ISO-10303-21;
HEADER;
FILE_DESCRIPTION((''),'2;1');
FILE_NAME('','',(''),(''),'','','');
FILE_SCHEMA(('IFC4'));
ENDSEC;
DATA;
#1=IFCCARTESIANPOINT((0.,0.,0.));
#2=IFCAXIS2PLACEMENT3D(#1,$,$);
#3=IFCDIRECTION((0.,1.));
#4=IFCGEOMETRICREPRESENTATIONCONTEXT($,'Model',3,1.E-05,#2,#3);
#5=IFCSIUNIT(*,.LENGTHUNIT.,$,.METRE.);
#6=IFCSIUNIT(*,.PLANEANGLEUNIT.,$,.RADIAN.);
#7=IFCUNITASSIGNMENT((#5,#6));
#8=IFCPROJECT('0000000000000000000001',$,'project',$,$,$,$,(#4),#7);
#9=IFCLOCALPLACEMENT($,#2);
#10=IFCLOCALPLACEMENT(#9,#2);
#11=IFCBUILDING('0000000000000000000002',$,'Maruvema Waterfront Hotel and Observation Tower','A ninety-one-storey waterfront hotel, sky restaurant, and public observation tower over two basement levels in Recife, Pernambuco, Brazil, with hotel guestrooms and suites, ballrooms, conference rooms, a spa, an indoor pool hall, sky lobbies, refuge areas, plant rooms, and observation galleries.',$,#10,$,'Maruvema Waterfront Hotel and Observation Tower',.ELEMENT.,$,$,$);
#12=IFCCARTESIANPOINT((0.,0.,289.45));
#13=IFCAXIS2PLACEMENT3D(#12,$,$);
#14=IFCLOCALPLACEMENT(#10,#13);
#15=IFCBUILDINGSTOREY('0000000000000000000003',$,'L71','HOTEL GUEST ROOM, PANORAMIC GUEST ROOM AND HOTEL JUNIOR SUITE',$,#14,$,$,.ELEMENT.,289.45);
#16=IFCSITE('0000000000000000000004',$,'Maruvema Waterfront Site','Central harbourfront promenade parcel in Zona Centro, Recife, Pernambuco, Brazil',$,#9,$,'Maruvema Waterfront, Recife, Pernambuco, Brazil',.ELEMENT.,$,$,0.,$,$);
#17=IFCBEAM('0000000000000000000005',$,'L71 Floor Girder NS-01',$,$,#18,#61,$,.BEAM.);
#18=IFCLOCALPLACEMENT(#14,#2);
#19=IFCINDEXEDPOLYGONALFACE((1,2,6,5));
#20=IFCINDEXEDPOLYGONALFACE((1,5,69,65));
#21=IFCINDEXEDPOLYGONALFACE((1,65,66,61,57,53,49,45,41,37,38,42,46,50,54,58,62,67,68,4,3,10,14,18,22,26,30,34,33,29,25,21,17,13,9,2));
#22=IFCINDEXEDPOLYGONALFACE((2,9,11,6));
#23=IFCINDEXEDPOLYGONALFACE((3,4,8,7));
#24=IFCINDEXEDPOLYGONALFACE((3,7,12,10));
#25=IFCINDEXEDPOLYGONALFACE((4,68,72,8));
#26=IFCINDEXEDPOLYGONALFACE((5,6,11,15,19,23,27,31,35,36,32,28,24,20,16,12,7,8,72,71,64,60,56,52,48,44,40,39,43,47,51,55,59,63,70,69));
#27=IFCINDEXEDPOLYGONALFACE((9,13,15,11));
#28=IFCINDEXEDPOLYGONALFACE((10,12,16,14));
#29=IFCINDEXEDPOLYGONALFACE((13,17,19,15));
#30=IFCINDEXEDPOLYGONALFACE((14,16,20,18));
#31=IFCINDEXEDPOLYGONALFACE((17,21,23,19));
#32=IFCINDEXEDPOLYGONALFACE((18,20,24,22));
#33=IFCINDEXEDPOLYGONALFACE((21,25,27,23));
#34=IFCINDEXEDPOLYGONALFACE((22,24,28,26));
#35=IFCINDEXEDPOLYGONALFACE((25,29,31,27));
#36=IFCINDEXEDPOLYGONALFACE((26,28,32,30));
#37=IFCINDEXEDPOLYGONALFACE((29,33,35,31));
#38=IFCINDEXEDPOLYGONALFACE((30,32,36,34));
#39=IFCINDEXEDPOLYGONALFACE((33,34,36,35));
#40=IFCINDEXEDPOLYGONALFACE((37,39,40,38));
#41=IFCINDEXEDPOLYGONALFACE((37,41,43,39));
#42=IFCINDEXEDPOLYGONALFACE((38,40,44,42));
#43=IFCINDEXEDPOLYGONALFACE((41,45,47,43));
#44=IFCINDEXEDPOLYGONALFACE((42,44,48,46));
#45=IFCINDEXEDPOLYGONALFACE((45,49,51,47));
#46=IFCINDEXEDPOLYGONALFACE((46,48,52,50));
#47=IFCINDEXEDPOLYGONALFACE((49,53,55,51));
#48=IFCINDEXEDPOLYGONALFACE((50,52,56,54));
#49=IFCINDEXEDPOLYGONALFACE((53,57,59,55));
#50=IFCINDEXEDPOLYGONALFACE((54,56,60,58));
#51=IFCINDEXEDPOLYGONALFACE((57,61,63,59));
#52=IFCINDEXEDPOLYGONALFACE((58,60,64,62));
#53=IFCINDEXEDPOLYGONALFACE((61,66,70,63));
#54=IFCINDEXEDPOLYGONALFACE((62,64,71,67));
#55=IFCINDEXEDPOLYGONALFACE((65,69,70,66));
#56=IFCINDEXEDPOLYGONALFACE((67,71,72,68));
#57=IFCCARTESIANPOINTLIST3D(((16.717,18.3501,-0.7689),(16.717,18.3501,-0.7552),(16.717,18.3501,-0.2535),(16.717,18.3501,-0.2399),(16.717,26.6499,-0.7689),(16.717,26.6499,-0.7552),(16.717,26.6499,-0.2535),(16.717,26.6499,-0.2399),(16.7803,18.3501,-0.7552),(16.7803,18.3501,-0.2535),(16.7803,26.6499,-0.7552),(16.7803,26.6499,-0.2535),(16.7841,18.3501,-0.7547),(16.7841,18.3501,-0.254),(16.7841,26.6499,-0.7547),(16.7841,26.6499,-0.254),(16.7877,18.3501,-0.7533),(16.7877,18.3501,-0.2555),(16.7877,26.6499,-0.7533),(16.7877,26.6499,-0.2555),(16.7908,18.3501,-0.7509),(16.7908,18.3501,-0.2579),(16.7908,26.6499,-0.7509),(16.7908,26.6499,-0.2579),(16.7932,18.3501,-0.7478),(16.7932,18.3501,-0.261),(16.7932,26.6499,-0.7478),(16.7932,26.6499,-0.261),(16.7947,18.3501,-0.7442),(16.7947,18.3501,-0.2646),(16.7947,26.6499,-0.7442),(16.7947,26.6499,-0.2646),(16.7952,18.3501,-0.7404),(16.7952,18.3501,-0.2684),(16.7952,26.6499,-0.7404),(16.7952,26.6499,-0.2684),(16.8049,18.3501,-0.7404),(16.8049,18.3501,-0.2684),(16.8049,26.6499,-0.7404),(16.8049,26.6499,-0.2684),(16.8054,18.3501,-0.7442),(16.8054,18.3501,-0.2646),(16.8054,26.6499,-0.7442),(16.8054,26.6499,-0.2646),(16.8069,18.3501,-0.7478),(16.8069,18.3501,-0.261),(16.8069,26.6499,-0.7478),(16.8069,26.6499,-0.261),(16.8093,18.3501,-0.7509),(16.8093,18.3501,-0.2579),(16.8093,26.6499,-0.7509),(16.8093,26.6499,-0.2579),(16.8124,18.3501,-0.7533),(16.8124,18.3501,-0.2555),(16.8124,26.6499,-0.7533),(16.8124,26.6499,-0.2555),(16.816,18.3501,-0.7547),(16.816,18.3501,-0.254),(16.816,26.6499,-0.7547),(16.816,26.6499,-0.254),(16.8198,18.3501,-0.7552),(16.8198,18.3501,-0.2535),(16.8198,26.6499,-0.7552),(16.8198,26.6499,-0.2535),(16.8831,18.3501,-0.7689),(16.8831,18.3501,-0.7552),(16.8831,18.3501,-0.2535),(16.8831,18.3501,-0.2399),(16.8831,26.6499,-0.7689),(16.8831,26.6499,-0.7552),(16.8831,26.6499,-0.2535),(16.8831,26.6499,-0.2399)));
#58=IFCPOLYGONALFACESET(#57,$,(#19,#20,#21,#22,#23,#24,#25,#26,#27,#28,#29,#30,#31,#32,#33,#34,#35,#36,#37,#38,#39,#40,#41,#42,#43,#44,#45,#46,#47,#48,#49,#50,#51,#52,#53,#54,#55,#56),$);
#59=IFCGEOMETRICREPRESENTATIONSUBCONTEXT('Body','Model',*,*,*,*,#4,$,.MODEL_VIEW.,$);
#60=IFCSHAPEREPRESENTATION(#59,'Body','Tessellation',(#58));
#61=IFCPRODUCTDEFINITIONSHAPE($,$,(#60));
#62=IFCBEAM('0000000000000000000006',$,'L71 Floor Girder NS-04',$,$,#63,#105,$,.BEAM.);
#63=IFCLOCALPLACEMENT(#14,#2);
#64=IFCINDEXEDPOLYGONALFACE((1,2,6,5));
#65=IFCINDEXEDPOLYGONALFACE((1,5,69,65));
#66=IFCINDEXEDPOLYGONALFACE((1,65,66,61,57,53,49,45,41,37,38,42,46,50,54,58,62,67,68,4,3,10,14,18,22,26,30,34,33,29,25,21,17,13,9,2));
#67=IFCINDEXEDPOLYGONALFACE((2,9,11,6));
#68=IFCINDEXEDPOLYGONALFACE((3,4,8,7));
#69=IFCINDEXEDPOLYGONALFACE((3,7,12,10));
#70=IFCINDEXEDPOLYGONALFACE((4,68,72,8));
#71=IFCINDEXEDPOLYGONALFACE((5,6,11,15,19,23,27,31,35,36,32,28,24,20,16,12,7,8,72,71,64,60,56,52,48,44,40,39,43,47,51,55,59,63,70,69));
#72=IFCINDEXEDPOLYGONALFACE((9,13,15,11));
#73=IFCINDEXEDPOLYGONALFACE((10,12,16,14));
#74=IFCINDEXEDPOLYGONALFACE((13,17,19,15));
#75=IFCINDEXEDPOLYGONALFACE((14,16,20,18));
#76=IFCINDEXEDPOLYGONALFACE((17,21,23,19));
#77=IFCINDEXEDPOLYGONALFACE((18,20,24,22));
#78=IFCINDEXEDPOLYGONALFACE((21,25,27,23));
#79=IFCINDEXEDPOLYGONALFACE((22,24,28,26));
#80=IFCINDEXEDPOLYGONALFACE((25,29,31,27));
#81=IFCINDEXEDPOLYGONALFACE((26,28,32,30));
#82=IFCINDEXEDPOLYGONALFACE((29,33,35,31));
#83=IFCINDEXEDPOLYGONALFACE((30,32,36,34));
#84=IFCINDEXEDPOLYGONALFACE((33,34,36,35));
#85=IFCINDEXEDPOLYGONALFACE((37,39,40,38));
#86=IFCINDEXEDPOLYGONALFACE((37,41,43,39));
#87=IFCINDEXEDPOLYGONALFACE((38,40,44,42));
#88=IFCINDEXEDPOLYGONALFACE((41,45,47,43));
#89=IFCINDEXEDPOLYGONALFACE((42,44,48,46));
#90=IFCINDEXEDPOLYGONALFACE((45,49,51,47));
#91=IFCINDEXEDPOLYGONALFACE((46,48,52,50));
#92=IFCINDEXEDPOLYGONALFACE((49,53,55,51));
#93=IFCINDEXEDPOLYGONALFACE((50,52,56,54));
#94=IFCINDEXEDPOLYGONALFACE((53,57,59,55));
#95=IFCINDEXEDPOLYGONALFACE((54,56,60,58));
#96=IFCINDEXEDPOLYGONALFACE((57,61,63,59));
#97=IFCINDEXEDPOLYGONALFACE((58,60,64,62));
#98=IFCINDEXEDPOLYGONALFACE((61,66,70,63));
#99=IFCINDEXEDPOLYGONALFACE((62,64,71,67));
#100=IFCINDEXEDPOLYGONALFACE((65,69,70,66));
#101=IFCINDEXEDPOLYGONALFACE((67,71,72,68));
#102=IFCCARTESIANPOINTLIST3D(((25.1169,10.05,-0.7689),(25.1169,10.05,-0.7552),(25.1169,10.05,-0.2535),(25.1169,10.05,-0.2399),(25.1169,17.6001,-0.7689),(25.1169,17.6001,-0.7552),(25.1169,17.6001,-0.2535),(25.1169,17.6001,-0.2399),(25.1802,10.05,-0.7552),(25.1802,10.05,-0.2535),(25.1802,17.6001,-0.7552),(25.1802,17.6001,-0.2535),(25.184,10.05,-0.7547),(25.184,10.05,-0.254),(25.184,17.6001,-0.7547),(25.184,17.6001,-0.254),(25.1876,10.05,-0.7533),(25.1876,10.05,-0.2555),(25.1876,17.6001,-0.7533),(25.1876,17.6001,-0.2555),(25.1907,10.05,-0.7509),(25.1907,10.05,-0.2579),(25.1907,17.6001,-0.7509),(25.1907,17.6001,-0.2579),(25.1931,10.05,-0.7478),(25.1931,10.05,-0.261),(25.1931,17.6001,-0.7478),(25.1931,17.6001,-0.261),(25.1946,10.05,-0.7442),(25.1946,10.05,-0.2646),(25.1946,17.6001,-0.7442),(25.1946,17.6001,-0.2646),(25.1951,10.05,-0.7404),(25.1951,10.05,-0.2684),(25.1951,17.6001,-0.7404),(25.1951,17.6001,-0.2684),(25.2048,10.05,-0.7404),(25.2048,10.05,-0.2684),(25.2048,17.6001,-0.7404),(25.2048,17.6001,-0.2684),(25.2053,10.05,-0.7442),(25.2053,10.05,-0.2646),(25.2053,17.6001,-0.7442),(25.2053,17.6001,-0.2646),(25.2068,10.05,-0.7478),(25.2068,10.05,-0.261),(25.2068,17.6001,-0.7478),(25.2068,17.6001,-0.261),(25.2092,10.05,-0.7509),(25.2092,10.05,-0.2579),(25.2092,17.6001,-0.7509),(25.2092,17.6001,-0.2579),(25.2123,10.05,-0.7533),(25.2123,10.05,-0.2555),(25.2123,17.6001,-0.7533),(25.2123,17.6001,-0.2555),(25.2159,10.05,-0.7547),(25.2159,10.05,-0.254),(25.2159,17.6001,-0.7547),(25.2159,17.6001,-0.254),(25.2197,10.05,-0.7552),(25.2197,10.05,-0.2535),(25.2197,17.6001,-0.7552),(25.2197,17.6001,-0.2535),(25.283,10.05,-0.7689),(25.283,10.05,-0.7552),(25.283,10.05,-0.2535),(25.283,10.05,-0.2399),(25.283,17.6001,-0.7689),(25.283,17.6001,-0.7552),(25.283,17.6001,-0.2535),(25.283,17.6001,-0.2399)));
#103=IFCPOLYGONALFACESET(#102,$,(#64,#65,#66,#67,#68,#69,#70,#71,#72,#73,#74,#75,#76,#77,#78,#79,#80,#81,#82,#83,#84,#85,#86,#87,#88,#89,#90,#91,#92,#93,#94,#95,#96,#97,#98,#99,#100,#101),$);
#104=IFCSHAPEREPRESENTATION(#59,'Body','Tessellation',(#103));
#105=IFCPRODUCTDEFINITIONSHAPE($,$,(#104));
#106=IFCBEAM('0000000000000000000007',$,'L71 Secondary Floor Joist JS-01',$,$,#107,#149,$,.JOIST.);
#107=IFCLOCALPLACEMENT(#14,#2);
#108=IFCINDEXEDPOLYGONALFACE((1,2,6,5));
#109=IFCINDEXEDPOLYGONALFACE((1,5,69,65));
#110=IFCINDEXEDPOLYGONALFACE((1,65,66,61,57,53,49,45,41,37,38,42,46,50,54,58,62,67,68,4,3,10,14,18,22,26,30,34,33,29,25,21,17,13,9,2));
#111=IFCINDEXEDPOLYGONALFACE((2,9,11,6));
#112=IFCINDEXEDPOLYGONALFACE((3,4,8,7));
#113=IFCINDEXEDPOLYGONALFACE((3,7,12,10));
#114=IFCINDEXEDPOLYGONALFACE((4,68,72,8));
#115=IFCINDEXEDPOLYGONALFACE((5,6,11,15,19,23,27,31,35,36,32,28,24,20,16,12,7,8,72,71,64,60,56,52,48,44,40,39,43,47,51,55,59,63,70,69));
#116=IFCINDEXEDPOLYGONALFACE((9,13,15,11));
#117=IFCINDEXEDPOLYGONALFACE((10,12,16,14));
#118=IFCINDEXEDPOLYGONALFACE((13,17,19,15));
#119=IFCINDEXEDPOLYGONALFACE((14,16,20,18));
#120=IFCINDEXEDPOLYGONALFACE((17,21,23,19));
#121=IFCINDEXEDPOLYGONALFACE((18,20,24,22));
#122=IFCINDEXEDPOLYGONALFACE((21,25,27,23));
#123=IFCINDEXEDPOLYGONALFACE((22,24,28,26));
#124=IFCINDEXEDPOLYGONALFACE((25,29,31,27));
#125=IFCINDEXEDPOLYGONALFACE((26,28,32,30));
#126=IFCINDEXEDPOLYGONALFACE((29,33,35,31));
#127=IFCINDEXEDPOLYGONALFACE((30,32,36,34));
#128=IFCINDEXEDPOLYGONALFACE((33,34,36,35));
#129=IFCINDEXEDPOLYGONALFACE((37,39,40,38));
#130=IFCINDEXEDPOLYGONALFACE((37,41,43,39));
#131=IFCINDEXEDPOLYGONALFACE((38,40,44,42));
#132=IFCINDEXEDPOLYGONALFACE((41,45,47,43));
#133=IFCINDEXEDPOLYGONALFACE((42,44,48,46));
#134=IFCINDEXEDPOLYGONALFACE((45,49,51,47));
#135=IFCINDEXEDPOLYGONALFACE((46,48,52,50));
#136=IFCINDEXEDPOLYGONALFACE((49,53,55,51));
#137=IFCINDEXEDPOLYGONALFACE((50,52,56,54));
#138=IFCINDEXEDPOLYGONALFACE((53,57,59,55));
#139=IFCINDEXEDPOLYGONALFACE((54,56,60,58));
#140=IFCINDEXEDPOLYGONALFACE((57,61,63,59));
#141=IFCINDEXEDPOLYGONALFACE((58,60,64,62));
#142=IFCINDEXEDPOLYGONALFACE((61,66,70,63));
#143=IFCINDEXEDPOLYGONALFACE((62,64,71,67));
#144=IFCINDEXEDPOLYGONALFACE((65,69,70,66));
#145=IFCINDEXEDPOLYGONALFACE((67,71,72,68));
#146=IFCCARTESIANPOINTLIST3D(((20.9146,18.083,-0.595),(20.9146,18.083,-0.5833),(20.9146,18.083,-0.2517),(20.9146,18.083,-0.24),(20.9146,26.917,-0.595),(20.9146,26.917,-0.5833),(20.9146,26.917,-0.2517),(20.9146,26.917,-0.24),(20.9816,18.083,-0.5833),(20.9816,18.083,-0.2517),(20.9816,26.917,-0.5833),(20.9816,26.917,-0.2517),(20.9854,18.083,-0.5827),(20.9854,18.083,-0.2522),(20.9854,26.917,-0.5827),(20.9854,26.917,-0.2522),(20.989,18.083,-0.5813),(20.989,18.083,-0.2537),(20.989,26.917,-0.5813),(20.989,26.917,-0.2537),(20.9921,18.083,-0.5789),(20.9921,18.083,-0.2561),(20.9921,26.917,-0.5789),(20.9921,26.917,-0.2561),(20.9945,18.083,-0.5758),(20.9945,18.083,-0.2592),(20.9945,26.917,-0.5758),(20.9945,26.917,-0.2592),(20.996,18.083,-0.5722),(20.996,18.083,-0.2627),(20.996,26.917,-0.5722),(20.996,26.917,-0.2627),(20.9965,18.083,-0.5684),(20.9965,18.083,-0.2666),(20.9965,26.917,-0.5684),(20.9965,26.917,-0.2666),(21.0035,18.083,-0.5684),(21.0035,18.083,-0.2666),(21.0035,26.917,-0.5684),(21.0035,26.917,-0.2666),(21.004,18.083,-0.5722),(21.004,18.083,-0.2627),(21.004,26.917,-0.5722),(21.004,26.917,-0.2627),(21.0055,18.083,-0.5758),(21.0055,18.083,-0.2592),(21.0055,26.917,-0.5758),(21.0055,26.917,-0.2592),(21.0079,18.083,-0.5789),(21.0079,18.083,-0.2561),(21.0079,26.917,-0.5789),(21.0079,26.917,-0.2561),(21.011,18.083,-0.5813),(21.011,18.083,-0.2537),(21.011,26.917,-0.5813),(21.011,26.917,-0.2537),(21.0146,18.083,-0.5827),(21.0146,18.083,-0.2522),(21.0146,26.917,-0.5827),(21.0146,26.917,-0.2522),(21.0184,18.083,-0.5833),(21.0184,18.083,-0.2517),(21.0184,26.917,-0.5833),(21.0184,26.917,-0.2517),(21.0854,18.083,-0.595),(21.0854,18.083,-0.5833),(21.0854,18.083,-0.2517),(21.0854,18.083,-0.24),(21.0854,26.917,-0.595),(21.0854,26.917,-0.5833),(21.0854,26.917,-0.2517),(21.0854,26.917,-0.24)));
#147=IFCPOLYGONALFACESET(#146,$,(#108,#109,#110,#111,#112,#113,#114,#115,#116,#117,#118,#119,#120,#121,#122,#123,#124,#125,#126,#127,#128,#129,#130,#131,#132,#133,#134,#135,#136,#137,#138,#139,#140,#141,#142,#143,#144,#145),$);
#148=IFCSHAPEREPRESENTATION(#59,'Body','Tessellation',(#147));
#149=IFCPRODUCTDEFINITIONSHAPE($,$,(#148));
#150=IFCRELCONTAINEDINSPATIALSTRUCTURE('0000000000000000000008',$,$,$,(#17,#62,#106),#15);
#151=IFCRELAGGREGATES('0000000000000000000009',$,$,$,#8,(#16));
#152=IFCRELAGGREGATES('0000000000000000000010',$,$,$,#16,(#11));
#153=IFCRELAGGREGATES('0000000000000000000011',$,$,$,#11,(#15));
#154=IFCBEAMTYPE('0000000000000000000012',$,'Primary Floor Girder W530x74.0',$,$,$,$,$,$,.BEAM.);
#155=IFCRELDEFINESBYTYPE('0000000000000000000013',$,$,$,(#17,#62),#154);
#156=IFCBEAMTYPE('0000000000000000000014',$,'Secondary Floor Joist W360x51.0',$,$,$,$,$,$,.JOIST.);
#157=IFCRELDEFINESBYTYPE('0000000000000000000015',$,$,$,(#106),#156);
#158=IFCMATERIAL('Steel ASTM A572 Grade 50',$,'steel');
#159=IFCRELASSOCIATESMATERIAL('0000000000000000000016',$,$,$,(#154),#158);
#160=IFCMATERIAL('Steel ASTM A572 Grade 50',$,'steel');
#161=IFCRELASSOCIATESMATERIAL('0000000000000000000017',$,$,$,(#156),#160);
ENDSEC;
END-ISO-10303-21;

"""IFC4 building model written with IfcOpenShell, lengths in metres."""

from ifc_helpers import new_model, si_unit, direction, frame, origin, origin_2d, place, context, subcontext, project, spatial, i_section, extrude, material, material_profile, profile_set, type_object, element, save


model = new_model("IFC4")

# Units and contexts
model_context = context("Model", 3, precision=1e-05, world=origin(), true_north=direction((0.0, 1.0)))
body_context = subcontext(model_context, "Body", "Model", "MODEL_VIEW")
ifc_project = project(units=[si_unit("LENGTHUNIT", "METRE"), si_unit("PLANEANGLEUNIT", "RADIAN")], contexts=[model_context])

# Site, building, storey
site_placement = place(None, origin())
site = spatial("IfcSite", under=ifc_project, at=site_placement, Name="Maruvema Waterfront Site", Description="Central harbourfront promenade parcel in Zona Centro, Recife, Pernambuco, Brazil", LongName="Maruvema Waterfront, Recife, Pernambuco, Brazil", CompositionType="ELEMENT", RefElevation=0.0)
building_placement = place(site_placement, origin())
building = spatial("IfcBuilding", under=site, at=building_placement, Name="Maruvema Waterfront Hotel and Observation Tower", Description="A ninety-one-storey waterfront hotel, sky restaurant, and public observation tower over two basement levels in Recife, Pernambuco, Brazil, with hotel guestrooms and suites, ballrooms, conference rooms, a spa, an indoor pool hall, sky lobbies, refuge areas, plant rooms, and observation galleries.", LongName="Maruvema Waterfront Hotel and Observation Tower", CompositionType="ELEMENT")
storey_placement = place(building_placement, frame((0.0, 0.0, 289.45)))
storey = spatial("IfcBuildingStorey", under=building, at=storey_placement, Name="L71", Description="HOTEL GUEST ROOM, PANORAMIC GUEST ROOM AND HOTEL JUNIOR SUITE", CompositionType="ELEMENT", Elevation=289.45)

# Beams
ifc_material_1 = material(Name="Steel ASTM A572 Grade 50", Category="steel")
ifc_material_profile_1 = material_profile(ifc_material_1, i_section(OverallWidth=0.166, OverallDepth=0.5291, WebThickness=0.0098, FlangeThickness=0.0137, FilletRadius=0.0149, at=origin_2d()), Name="W530x74.0")
ifc_profile_set_1 = profile_set([ifc_material_profile_1], Name="Steel ASTM A572 Grade 50")
beam_type_1 = type_object("IfcBeamType", Name="Primary Floor Girder W530x74.0", PredefinedType="BEAM", material=ifc_profile_set_1)
beam_1_placement = place(storey_placement, frame((16.8, 18.3501, -0.5044), z_axis=(0.0, 1.0, 0.0), x_axis=(-1.0, 0.0, 0.0)))
element("IfcBeam", 1, at=beam_1_placement, inside=storey, type_object=beam_type_1, Name="L71 Floor Girder NS-01", PredefinedType="BEAM", context=body_context, shape_type="SweptSolid", body=[
    extrude(i_section(OverallWidth=0.166, OverallDepth=0.5291, WebThickness=0.0098, FlangeThickness=0.0137, FilletRadius=0.0149, at=origin_2d()), origin(), (0.0, 0.0, 1.0), 8.2998),
])
beam_2_placement = place(storey_placement, frame((25.2, 10.05, -0.5044), z_axis=(0.0, 1.0, 0.0), x_axis=(-1.0, 0.0, 0.0)))
element("IfcBeam", 2, at=beam_2_placement, inside=storey, type_object=beam_type_1, Name="L71 Floor Girder NS-04", PredefinedType="BEAM", context=body_context, shape_type="SweptSolid", body=[
    extrude(i_section(OverallWidth=0.166, OverallDepth=0.5291, WebThickness=0.0098, FlangeThickness=0.0137, FilletRadius=0.0149, at=origin_2d()), origin(), (0.0, 0.0, 1.0), 7.55),
])
ifc_material_2 = material(Name="Steel ASTM A572 Grade 50", Category="steel")
ifc_material_profile_2 = material_profile(ifc_material_2, i_section(OverallWidth=0.1709, OverallDepth=0.355, WebThickness=0.0071, FlangeThickness=0.0117, FilletRadius=0.0149, at=origin_2d()), Name="W360x51.0")
ifc_profile_set_2 = profile_set([ifc_material_profile_2], Name="Steel ASTM A572 Grade 50")
beam_type_2 = type_object("IfcBeamType", Name="Secondary Floor Joist W360x51.0", PredefinedType="JOIST", material=ifc_profile_set_2)
beam_3_placement = place(storey_placement, frame((21.0, 18.083, -0.4175), z_axis=(0.0, 1.0, 0.0), x_axis=(-1.0, 0.0, 0.0)))
element("IfcBeam", 3, at=beam_3_placement, inside=storey, type_object=beam_type_2, Name="L71 Secondary Floor Joist JS-01", PredefinedType="JOIST", context=body_context, shape_type="SweptSolid", body=[
    extrude(i_section(OverallWidth=0.1709, OverallDepth=0.355, WebThickness=0.0071, FlangeThickness=0.0117, FilletRadius=0.0149, at=origin_2d()), origin(), (0.0, 0.0, 1.0), 8.834),
])

save(model, "model.ifc")
